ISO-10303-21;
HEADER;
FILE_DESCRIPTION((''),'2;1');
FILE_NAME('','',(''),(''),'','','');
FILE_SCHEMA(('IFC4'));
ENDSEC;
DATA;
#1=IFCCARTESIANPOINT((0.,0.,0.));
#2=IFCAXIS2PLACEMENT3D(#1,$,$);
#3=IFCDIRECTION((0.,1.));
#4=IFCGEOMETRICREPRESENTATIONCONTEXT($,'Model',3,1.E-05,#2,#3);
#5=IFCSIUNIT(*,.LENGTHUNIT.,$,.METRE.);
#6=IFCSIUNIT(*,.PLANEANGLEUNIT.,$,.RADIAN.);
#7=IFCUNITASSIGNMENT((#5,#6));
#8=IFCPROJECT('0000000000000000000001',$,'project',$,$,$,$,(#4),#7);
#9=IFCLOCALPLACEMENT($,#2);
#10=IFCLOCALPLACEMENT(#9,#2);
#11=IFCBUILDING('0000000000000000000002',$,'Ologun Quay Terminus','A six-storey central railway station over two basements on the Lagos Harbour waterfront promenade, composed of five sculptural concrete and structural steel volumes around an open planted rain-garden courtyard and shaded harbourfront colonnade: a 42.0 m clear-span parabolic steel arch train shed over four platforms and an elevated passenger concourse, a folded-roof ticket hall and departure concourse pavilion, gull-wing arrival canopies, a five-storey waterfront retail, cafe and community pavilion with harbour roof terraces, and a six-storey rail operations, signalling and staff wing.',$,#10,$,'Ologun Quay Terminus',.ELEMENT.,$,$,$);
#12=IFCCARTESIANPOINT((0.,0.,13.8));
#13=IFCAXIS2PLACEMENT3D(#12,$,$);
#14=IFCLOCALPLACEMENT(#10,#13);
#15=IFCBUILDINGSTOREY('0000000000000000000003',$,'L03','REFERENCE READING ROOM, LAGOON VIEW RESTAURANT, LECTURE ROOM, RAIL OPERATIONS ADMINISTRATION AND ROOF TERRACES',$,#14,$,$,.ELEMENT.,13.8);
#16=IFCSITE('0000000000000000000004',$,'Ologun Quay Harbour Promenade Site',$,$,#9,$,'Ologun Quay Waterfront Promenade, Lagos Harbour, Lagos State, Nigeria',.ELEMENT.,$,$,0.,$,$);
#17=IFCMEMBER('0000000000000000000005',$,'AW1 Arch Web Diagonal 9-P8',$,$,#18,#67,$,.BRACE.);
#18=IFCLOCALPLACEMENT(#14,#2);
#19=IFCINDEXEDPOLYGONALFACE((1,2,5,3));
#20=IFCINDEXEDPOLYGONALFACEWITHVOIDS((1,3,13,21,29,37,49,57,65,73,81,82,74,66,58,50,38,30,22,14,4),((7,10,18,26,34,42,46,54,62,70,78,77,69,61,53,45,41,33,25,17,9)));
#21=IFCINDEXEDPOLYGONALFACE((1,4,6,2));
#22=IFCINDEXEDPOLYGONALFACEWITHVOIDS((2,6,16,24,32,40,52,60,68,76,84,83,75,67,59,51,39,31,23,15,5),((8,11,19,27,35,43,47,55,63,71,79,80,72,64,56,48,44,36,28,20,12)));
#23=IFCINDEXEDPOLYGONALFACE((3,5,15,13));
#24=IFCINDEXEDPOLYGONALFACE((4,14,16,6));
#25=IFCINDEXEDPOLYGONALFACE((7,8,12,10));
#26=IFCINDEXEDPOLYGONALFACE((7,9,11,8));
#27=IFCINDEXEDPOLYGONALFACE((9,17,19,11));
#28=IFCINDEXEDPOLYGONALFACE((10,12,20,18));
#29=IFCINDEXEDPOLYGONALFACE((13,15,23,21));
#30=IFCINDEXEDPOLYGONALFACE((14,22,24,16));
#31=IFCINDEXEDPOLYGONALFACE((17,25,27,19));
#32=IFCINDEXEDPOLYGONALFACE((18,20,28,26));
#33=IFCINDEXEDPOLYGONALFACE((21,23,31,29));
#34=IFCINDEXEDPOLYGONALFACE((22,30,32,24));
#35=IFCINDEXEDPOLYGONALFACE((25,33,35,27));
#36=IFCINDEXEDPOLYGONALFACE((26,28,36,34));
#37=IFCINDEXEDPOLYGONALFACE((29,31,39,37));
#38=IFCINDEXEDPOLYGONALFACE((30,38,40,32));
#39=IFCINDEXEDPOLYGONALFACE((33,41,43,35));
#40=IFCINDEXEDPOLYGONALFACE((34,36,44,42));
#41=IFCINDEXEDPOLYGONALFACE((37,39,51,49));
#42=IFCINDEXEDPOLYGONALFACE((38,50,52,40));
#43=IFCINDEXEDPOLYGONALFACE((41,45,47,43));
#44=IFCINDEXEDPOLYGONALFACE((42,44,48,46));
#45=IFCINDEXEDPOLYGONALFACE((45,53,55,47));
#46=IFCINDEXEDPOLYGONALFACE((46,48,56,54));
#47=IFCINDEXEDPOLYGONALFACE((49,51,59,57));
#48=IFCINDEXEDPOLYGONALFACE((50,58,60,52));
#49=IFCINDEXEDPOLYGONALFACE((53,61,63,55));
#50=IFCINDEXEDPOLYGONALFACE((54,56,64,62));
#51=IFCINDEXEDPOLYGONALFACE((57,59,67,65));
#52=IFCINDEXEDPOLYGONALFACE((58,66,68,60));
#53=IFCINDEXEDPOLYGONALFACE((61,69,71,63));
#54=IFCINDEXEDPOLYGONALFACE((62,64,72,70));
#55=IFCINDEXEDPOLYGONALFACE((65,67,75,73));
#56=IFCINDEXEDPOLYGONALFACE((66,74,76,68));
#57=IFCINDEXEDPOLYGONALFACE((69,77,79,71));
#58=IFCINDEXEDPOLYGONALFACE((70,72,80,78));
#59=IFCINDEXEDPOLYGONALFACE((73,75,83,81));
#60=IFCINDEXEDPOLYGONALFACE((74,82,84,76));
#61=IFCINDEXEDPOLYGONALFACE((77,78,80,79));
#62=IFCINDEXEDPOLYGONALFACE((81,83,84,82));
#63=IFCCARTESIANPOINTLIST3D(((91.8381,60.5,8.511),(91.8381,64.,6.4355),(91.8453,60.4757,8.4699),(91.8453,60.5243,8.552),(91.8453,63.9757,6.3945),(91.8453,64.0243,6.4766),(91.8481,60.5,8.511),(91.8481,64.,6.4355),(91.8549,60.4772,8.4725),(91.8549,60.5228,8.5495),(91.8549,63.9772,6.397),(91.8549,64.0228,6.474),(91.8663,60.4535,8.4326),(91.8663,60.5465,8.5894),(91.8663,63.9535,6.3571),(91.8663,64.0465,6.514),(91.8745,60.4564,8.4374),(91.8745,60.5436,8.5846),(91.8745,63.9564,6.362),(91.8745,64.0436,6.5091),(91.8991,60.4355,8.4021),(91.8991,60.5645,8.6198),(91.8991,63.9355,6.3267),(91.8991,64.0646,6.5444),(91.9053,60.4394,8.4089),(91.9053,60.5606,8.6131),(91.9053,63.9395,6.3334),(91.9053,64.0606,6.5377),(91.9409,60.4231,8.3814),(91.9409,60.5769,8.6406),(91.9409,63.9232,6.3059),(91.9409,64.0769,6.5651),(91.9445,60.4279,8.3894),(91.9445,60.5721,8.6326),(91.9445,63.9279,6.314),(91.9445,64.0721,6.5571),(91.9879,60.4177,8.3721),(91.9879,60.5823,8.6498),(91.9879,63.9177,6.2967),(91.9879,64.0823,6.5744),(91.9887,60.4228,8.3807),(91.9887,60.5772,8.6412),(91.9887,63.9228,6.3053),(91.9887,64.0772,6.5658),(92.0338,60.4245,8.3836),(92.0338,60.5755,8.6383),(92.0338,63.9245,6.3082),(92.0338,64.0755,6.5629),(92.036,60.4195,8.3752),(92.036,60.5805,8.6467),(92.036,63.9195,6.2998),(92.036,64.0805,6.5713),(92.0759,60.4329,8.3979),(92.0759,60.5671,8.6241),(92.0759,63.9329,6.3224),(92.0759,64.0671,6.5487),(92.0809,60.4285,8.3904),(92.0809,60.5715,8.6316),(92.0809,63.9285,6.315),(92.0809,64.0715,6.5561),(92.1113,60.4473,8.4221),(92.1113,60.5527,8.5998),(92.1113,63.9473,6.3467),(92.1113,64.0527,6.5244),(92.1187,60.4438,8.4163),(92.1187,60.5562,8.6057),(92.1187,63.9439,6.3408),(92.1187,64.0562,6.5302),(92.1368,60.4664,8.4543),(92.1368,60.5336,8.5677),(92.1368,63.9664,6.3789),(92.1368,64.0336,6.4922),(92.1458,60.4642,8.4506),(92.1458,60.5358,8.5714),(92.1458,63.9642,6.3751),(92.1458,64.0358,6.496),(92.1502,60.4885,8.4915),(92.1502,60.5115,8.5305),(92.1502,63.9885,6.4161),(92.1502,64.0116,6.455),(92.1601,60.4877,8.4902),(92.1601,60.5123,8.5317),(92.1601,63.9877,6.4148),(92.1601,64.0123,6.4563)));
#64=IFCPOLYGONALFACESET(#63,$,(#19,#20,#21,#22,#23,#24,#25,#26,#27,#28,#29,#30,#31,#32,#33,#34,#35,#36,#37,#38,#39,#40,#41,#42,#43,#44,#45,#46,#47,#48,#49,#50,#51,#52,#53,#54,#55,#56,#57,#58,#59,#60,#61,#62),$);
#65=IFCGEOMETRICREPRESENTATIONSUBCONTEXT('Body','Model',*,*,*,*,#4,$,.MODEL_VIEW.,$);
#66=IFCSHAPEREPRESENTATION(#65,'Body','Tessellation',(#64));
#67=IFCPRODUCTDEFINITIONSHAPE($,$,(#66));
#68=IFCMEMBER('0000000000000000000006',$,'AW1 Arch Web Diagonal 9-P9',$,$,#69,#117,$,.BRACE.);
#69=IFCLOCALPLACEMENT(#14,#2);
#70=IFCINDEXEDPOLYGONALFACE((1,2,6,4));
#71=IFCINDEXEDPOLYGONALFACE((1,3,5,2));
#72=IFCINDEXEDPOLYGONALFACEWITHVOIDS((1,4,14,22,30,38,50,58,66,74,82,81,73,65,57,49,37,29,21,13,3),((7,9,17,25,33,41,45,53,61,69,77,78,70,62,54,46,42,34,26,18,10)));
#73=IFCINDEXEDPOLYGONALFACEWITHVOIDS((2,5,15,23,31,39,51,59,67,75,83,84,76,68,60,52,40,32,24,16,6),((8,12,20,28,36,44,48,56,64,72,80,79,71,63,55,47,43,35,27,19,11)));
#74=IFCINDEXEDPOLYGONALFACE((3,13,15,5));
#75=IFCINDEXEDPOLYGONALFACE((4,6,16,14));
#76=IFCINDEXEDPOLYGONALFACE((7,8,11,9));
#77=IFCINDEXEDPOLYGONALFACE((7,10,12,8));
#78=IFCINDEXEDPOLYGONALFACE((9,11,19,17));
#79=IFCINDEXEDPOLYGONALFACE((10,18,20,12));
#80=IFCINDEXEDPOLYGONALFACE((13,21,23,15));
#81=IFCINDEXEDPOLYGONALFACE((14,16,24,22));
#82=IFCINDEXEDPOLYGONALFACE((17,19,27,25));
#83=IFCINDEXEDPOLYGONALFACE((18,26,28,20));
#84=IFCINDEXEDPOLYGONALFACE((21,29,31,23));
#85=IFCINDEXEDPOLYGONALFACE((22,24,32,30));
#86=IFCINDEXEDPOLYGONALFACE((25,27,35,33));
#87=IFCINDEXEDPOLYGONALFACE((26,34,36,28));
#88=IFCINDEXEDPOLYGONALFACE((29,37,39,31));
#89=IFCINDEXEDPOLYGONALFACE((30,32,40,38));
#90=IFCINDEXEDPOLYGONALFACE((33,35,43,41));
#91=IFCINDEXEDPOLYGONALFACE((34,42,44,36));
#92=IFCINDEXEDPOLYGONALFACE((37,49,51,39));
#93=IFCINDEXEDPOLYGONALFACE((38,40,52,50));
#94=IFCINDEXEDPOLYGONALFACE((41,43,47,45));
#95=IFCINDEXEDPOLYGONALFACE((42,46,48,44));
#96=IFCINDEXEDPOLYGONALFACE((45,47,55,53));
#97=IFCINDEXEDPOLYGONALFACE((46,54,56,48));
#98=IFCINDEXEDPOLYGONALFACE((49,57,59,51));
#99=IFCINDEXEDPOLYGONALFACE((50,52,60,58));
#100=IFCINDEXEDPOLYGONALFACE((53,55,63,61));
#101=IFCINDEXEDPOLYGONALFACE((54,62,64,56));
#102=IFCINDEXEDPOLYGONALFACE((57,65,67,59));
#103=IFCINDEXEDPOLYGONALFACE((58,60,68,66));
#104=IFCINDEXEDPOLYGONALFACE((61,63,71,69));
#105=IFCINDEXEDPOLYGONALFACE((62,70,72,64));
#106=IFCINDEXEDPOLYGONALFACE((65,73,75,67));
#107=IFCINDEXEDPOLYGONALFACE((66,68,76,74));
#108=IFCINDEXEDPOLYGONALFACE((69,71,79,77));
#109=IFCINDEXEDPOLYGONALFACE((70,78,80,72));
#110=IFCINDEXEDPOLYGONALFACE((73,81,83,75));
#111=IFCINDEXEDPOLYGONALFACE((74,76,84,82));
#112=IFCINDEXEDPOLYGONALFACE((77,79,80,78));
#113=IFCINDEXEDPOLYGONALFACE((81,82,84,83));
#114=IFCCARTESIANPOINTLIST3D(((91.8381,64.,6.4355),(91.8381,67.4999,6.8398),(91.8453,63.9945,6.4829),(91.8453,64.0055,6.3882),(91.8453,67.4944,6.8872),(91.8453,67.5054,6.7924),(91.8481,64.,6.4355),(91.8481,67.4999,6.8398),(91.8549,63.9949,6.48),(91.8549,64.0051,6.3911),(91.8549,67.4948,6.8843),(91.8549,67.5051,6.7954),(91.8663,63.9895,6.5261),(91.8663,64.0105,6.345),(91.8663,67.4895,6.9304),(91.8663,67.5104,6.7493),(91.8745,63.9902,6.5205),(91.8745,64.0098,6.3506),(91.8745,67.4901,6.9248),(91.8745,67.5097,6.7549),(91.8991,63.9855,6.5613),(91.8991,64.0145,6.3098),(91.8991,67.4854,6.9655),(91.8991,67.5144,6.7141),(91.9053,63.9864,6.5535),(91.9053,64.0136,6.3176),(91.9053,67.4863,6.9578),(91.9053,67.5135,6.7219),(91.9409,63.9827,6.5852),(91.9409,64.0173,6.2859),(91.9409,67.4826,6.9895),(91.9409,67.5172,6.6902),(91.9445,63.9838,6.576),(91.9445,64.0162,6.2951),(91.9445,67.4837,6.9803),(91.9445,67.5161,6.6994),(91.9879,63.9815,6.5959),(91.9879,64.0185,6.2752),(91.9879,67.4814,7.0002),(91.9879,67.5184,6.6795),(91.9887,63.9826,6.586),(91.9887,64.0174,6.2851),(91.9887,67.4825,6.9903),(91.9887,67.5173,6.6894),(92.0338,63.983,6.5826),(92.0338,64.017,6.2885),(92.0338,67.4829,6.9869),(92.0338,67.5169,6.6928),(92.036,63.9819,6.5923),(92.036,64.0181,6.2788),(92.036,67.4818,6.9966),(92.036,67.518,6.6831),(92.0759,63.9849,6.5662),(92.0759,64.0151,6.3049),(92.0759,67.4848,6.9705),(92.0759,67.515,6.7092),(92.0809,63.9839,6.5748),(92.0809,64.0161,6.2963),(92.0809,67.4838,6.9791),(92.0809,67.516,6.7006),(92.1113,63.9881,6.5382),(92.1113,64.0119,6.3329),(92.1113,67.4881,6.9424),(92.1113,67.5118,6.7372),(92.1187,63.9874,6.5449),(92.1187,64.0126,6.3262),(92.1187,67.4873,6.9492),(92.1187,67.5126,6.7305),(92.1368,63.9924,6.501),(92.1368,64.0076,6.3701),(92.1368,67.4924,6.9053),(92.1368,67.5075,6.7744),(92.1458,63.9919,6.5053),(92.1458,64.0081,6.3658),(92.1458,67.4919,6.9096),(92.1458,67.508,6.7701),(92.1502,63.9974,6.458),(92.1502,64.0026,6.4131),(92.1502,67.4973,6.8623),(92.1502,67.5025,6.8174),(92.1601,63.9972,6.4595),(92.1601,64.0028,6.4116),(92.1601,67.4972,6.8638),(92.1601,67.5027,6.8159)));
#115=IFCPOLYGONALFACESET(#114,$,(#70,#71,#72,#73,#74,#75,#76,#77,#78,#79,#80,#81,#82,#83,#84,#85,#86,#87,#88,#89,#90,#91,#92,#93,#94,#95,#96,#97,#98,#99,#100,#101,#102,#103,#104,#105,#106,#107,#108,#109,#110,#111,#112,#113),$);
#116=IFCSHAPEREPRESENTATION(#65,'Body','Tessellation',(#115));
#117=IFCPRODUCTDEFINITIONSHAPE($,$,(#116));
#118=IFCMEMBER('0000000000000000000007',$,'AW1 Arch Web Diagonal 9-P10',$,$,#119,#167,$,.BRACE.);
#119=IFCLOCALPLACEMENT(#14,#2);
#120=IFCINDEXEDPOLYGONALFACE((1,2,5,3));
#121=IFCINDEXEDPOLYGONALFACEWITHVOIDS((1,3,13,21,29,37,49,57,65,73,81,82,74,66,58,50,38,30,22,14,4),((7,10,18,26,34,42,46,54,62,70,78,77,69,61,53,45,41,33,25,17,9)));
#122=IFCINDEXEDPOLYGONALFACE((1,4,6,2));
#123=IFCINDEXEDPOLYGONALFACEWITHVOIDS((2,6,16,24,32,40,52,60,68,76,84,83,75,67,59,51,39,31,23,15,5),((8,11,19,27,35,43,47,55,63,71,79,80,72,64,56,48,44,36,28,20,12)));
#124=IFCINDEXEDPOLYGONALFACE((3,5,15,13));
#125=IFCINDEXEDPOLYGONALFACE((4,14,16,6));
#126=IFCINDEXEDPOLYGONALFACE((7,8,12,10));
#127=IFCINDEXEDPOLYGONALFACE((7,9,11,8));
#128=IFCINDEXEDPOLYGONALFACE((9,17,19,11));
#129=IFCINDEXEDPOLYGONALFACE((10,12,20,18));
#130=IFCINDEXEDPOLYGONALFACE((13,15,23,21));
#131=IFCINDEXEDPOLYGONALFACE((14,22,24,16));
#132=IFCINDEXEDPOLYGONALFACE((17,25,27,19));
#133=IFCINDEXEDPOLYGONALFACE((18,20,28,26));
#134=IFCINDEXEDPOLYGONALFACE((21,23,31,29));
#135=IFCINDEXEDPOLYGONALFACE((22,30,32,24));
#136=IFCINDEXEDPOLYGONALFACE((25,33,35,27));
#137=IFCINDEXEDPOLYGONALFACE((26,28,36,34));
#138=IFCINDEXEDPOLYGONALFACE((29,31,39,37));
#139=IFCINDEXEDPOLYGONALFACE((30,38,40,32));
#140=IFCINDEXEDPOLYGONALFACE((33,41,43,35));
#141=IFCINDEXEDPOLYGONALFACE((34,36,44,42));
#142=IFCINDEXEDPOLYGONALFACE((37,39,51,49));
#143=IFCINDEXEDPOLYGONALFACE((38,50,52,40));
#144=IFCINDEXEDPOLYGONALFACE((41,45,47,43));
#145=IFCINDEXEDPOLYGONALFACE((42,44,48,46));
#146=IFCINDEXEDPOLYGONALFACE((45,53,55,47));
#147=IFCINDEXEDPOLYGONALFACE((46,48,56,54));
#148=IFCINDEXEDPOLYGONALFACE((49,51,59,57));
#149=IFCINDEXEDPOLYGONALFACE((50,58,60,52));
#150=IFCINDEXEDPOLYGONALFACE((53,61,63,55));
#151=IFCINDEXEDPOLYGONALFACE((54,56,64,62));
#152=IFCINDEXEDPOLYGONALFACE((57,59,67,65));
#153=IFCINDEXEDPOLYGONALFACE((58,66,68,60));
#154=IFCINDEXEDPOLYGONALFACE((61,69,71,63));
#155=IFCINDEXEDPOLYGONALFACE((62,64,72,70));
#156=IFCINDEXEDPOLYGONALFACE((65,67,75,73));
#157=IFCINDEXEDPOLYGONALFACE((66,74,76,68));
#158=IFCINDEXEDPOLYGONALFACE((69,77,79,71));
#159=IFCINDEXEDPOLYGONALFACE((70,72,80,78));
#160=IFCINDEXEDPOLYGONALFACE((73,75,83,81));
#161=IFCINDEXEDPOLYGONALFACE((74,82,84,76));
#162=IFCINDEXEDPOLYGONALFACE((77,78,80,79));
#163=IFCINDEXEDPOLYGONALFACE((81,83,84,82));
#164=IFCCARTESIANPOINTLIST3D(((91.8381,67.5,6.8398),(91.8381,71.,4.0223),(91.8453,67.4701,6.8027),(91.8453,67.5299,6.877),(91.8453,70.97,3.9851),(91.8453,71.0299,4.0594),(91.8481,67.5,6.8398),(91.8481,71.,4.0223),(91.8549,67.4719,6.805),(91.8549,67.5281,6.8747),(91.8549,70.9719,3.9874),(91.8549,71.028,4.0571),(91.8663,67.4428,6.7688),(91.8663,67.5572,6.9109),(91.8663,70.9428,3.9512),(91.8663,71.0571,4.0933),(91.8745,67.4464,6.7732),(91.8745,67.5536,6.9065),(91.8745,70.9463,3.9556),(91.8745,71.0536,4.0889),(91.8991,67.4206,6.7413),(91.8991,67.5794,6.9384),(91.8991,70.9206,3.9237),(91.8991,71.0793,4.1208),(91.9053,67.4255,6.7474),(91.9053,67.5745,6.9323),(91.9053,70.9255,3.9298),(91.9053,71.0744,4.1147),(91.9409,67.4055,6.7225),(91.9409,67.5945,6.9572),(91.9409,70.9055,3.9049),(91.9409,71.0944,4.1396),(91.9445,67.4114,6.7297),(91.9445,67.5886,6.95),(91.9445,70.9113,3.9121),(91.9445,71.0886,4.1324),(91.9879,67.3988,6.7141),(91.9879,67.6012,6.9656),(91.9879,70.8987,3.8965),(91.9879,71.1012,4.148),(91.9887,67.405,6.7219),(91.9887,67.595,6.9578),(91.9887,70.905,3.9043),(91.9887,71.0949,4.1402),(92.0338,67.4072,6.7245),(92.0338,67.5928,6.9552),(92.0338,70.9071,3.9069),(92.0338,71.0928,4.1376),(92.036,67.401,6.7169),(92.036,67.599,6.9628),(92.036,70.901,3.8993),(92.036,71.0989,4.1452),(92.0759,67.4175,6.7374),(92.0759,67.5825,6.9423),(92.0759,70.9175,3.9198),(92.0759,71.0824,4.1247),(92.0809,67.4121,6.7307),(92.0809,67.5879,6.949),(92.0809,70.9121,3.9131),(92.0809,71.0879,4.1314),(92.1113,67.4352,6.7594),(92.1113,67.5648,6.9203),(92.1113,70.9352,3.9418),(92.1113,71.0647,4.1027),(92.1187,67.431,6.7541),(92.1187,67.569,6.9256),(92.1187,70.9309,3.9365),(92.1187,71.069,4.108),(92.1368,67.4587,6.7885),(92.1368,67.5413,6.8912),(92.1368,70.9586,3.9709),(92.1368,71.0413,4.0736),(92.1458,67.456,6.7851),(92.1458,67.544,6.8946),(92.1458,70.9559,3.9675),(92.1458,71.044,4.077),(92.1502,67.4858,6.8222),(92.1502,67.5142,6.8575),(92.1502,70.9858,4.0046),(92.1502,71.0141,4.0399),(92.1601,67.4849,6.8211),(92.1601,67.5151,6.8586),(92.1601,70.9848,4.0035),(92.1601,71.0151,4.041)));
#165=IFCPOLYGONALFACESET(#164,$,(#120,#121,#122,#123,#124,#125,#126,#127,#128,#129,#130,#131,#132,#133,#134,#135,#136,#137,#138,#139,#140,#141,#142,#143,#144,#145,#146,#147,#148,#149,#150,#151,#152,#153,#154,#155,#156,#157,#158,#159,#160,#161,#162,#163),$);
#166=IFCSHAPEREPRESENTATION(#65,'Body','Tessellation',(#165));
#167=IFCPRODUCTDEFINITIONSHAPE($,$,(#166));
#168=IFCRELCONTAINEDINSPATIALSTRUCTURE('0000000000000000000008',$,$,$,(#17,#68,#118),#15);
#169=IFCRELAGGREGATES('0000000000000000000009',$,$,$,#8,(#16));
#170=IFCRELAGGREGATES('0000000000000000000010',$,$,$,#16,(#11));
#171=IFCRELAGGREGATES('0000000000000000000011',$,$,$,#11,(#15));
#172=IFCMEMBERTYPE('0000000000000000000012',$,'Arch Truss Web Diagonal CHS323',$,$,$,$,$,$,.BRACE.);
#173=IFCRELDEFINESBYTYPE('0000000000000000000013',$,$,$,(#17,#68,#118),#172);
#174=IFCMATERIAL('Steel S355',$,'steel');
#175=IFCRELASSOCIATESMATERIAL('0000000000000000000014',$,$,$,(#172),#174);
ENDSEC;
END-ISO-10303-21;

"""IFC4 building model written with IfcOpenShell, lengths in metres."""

from ifc_helpers import new_model, si_unit, direction, frame, origin, origin_2d, place, context, subcontext, project, spatial, hollow_circle, extrude, material, material_profile, profile_set, type_object, element, save


model = new_model("IFC4")

# Units and contexts
model_context = context("Model", 3, precision=1e-05, world=origin(), true_north=direction((0.0, 1.0)))
body_context = subcontext(model_context, "Body", "Model", "MODEL_VIEW")
ifc_project = project(units=[si_unit("LENGTHUNIT", "METRE"), si_unit("PLANEANGLEUNIT", "RADIAN")], contexts=[model_context])

# Site, building, storey
site_placement = place(None, origin())
site = spatial("IfcSite", under=ifc_project, at=site_placement, Name="Ologun Quay Harbour Promenade Site", LongName="Ologun Quay Waterfront Promenade, Lagos Harbour, Lagos State, Nigeria", CompositionType="ELEMENT", RefElevation=0.0)
building_placement = place(site_placement, origin())
building = spatial("IfcBuilding", under=site, at=building_placement, Name="Ologun Quay Terminus", Description="A six-storey central railway station over two basements on the Lagos Harbour waterfront promenade, composed of five sculptural concrete and structural steel volumes around an open planted rain-garden courtyard and shaded harbourfront colonnade: a 42.0 m clear-span parabolic steel arch train shed over four platforms and an elevated passenger concourse, a folded-roof ticket hall and departure concourse pavilion, gull-wing arrival canopies, a five-storey waterfront retail, cafe and community pavilion with harbour roof terraces, and a six-storey rail operations, signalling and staff wing.", LongName="Ologun Quay Terminus", CompositionType="ELEMENT")
storey_placement = place(building_placement, frame((0.0, 0.0, 13.8)))
storey = spatial("IfcBuildingStorey", under=building, at=storey_placement, Name="L03", Description="REFERENCE READING ROOM, LAGOON VIEW RESTAURANT, LECTURE ROOM, RAIL OPERATIONS ADMINISTRATION AND ROOF TERRACES", CompositionType="ELEMENT", Elevation=13.8)

# Members
ifc_material_1 = material(Name="Steel S355", Category="steel")
ifc_material_profile_1 = material_profile(ifc_material_1, hollow_circle(Radius=0.1619, WallThickness=0.01, at=origin_2d()), Name="CHS 323.9x10")
ifc_profile_set_1 = profile_set([ifc_material_profile_1], Name="Steel S355")
member_type_1 = type_object("IfcMemberType", Name="Arch Truss Web Diagonal CHS323", PredefinedType="BRACE", material=ifc_profile_set_1)
member_1_placement = place(storey_placement, frame((92.0, 60.5, 8.511), z_axis=(0.0, 0.860144, -0.510051), x_axis=(-1.0, 0.0, 0.0)))
element("IfcMember", 1, at=member_1_placement, inside=storey, type_object=member_type_1, Name="AW1 Arch Web Diagonal 9-P8", PredefinedType="BRACE", context=body_context, shape_type="SweptSolid", body=[
    extrude(hollow_circle(Radius=0.1619, WallThickness=0.01, at=origin_2d()), origin(), (0.0, 0.0, 1.0), 4.0691),
])
member_2_placement = place(storey_placement, frame((92.0, 64.0, 6.4355), z_axis=(0.0, 0.993394, 0.11475), x_axis=(-1.0, 0.0, 0.0)))
element("IfcMember", 2, at=member_2_placement, inside=storey, type_object=member_type_1, Name="AW1 Arch Web Diagonal 9-P9", PredefinedType="BRACE", context=body_context, shape_type="SweptSolid", body=[
    extrude(hollow_circle(Radius=0.1619, WallThickness=0.01, at=origin_2d()), origin(), (0.0, 0.0, 1.0), 3.5232),
])
member_3_placement = place(storey_placement, frame((92.0, 67.5, 6.8398), z_axis=(0.0, 0.778951, -0.627084), x_axis=(-1.0, 0.0, 0.0)))
element("IfcMember", 3, at=member_3_placement, inside=storey, type_object=member_type_1, Name="AW1 Arch Web Diagonal 9-P10", PredefinedType="BRACE", context=body_context, shape_type="SweptSolid", body=[
    extrude(hollow_circle(Radius=0.1619, WallThickness=0.01, at=origin_2d()), origin(), (0.0, 0.0, 1.0), 4.4932),
])

save(model, "model.ifc")
